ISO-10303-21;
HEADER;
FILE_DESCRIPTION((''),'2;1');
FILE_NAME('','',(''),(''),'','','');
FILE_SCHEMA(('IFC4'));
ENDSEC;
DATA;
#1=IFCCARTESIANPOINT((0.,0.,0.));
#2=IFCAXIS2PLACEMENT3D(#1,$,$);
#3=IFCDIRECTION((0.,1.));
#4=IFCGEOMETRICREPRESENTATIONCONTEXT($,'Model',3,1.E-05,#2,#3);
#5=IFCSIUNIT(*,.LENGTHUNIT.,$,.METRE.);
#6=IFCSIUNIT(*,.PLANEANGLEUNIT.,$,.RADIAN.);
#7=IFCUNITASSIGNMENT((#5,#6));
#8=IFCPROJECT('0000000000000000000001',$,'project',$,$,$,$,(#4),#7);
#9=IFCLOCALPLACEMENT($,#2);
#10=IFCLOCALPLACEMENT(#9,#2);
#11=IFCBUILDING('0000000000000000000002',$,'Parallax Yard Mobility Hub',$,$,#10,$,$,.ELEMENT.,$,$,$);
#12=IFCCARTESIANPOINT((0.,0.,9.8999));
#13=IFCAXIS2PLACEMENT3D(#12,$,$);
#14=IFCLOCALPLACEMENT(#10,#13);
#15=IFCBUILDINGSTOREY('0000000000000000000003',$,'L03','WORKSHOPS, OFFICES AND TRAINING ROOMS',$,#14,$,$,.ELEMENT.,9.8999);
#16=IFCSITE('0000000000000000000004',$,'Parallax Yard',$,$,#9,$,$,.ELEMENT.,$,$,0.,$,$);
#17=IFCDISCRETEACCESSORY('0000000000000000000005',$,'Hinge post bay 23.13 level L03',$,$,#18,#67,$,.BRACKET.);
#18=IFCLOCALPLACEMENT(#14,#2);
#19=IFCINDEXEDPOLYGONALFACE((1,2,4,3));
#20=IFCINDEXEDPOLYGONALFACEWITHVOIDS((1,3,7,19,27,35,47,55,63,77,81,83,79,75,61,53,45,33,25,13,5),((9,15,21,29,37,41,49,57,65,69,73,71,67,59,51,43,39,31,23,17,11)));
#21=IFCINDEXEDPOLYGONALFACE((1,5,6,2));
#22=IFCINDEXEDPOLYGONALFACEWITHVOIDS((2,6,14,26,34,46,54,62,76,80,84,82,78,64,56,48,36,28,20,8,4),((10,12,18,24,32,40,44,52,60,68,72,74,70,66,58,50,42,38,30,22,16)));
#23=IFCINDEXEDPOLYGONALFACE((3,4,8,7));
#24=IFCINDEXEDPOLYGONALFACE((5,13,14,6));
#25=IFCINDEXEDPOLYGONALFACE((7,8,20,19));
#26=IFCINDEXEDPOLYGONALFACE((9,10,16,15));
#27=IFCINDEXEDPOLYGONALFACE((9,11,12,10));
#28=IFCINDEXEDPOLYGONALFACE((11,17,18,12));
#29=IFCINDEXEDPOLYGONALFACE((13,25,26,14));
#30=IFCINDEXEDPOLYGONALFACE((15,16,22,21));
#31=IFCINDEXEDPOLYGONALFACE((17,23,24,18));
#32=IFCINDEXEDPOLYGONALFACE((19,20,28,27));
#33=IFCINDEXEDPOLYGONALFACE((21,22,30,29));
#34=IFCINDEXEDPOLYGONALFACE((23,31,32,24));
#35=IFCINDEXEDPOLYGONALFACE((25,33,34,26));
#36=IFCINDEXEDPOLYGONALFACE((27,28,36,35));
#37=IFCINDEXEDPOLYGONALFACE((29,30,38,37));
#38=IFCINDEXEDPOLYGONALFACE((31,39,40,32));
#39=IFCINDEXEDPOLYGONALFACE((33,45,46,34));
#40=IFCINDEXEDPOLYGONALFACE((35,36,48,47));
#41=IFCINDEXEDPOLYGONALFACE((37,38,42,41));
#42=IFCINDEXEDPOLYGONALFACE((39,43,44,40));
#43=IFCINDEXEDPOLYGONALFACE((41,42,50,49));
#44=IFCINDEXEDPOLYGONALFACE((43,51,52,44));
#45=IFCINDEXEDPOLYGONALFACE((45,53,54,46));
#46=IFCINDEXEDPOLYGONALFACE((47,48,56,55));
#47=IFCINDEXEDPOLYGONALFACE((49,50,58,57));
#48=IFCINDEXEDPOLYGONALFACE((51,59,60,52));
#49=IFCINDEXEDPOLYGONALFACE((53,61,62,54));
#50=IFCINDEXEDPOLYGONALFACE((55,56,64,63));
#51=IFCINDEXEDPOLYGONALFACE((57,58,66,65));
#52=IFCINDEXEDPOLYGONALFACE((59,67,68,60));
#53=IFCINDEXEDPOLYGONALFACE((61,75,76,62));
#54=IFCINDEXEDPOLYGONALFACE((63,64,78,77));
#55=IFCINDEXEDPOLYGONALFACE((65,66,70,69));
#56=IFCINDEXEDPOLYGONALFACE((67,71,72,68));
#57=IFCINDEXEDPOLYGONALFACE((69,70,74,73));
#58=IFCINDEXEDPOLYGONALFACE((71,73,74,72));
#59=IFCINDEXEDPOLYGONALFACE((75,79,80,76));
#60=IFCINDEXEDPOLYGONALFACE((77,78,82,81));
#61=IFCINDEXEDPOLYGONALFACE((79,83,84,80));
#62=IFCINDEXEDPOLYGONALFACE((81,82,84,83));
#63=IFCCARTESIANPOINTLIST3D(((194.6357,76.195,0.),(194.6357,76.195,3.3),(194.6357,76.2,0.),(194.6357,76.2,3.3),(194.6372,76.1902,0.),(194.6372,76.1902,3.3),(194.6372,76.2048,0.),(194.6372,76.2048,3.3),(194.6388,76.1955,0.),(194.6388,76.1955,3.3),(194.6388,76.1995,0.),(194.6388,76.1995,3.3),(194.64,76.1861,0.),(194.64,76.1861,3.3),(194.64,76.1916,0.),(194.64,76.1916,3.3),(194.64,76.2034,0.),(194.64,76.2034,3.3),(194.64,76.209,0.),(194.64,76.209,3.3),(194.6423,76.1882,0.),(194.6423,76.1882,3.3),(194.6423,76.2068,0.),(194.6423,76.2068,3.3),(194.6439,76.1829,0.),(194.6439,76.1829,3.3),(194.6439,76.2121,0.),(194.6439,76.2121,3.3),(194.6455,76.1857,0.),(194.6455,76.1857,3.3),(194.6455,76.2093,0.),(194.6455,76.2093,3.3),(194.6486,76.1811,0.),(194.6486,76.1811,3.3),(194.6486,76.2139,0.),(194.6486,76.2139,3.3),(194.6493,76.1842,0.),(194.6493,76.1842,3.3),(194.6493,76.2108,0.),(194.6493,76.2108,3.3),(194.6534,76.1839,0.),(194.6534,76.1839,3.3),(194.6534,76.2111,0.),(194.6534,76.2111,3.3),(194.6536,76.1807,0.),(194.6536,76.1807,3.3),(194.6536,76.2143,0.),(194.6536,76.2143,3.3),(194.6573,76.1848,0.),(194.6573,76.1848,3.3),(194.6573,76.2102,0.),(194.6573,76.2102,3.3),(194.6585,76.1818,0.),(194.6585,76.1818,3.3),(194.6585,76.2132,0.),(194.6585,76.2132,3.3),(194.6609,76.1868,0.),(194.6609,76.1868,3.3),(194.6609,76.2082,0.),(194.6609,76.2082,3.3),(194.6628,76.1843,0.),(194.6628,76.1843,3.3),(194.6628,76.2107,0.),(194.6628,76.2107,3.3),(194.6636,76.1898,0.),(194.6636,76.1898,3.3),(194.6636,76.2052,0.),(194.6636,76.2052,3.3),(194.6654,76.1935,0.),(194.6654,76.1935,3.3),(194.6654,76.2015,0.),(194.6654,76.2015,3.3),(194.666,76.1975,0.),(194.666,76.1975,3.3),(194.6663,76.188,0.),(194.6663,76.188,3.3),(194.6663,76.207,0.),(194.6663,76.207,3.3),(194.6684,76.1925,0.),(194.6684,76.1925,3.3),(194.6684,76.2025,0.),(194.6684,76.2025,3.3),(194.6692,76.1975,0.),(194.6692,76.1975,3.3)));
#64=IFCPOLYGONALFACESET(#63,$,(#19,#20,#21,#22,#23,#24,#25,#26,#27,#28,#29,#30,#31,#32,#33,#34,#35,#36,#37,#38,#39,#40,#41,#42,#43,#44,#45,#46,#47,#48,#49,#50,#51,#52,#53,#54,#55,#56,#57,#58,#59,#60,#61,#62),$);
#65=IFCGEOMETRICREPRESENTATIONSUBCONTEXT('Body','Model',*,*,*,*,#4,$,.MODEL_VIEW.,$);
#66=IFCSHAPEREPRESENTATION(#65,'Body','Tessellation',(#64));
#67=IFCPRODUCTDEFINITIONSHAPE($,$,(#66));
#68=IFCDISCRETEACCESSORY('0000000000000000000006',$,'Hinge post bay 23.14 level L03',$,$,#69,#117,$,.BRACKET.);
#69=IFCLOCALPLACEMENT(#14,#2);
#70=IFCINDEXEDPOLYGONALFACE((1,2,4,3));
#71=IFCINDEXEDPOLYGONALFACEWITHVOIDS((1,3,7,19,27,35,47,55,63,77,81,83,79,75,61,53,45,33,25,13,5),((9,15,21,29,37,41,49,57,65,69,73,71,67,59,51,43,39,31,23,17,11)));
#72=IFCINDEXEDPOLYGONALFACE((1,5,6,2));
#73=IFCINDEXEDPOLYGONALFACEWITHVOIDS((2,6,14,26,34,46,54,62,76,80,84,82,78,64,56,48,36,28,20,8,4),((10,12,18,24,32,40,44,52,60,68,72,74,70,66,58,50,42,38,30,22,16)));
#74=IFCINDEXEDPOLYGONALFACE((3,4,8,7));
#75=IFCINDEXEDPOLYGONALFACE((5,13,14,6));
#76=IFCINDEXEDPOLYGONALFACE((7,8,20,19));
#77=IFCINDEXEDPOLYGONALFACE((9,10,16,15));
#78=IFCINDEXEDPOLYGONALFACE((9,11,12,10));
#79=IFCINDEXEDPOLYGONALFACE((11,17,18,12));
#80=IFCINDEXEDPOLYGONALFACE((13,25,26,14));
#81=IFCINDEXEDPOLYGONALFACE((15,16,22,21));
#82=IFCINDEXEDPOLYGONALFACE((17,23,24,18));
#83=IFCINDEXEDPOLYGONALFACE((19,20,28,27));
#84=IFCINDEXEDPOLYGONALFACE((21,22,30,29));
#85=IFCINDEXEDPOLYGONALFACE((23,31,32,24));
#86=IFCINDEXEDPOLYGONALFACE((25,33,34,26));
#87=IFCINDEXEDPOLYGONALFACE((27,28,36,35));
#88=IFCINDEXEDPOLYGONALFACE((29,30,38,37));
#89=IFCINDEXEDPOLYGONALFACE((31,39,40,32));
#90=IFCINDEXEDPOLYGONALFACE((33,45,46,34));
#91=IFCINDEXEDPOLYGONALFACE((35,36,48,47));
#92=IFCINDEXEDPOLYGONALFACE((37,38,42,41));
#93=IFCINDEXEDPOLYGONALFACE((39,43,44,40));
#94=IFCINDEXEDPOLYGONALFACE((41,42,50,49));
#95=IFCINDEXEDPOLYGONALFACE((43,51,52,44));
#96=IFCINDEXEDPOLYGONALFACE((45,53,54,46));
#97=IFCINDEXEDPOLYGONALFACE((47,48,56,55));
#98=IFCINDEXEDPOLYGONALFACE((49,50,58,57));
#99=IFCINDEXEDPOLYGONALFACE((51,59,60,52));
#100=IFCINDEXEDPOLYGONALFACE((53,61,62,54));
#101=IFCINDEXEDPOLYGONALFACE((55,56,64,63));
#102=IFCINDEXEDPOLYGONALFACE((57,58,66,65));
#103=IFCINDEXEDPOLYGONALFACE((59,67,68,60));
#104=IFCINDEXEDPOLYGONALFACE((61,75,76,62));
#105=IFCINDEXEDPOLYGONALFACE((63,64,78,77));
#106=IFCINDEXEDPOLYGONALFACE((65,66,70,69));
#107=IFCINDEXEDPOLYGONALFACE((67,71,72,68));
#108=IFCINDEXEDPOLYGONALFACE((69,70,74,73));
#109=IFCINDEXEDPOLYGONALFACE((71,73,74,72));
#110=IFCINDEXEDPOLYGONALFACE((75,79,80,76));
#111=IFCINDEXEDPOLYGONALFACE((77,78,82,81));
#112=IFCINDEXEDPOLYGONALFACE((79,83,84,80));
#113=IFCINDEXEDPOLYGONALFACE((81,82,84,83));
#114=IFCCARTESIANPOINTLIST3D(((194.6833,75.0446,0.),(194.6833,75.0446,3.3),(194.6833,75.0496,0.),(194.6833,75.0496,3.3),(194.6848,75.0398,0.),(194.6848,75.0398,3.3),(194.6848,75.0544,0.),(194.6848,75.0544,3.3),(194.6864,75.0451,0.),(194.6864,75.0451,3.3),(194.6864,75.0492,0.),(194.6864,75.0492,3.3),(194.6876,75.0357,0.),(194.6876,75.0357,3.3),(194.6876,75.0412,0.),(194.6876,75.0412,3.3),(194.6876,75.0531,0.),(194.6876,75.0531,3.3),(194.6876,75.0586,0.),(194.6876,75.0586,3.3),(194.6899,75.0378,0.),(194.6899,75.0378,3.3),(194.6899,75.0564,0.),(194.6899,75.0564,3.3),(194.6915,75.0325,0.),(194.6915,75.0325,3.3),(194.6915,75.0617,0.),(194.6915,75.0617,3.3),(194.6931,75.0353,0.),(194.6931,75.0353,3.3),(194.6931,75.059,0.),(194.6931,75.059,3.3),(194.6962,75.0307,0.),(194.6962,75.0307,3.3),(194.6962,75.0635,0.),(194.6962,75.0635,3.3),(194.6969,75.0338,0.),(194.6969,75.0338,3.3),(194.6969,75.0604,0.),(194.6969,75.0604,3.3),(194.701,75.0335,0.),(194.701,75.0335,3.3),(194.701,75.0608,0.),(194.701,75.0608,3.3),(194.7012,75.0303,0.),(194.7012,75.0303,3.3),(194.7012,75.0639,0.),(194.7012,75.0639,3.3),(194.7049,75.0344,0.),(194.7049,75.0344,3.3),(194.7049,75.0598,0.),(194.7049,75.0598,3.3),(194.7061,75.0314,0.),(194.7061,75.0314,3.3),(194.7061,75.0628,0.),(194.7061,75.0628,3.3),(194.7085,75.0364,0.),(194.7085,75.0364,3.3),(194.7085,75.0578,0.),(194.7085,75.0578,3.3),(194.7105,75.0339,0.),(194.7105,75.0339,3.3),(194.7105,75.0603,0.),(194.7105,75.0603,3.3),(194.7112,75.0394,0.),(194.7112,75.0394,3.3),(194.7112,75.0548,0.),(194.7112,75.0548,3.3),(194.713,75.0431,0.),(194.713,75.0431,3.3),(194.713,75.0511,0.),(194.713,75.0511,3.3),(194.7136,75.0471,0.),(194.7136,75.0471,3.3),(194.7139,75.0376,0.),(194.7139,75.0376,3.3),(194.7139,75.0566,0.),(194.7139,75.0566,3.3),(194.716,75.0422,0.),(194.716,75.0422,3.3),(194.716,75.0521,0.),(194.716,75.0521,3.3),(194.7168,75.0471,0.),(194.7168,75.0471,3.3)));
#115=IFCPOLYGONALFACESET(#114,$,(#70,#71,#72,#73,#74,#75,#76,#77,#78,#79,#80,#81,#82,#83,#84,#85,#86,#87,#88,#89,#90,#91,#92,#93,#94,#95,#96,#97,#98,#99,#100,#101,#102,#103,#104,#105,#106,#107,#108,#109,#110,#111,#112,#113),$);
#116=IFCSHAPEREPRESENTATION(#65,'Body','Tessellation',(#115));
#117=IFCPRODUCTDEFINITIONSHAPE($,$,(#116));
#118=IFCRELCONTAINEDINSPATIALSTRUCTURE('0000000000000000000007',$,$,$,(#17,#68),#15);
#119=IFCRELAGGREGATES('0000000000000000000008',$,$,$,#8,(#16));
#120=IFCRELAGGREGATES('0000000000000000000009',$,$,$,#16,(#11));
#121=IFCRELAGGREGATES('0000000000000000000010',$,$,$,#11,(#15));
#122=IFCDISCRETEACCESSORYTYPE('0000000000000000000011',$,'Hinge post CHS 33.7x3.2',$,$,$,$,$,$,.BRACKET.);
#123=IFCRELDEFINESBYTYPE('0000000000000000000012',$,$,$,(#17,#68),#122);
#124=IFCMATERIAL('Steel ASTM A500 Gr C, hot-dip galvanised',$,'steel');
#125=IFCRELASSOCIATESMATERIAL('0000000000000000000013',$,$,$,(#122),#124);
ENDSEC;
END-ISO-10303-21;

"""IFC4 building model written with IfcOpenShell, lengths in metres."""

from ifc_helpers import new_model, si_unit, direction, frame, origin, origin_2d, place, context, subcontext, project, spatial, hollow_circle, extrude, material, material_profile, profile_set, type_object, element, save


model = new_model("IFC4")

# Units and contexts
model_context = context("Model", 3, precision=1e-05, world=origin(), true_north=direction((0.0, 1.0)))
body_context = subcontext(model_context, "Body", "Model", "MODEL_VIEW")
ifc_project = project(units=[si_unit("LENGTHUNIT", "METRE"), si_unit("PLANEANGLEUNIT", "RADIAN")], contexts=[model_context])

# Site, building, storey
site_placement = place(None, origin())
site = spatial("IfcSite", under=ifc_project, at=site_placement, Name="Parallax Yard", CompositionType="ELEMENT", RefElevation=0.0)
building_placement = place(site_placement, origin())
building = spatial("IfcBuilding", under=site, at=building_placement, Name="Parallax Yard Mobility Hub", CompositionType="ELEMENT")
storey_placement = place(building_placement, frame((0.0, 0.0, 9.8999)))
storey = spatial("IfcBuildingStorey", under=building, at=storey_placement, Name="L03", Description="WORKSHOPS, OFFICES AND TRAINING ROOMS", CompositionType="ELEMENT", Elevation=9.8999)

# Discrete accessories
ifc_material_1 = material(Name="Steel ASTM A500 Gr C, hot-dip galvanised", Category="steel")
ifc_material_profile_1 = material_profile(ifc_material_1, hollow_circle(Radius=0.0168, WallThickness=0.0032, at=origin_2d()), Name="CHS 33.7x3.2")
ifc_profile_set_1 = profile_set([ifc_material_profile_1], Name="Steel ASTM A500 Gr C, hot-dip galvanised")
discrete_accessory_type_1 = type_object("IfcDiscreteAccessoryType", Name="Hinge post CHS 33.7x3.2", PredefinedType="BRACKET", material=ifc_profile_set_1)
for number, where, z_axis, x_axis, name in (
    (1, (194.6523, 76.1975, 0.0), (0.0, 0.0, 1.0), (1.0, 0.0, 0.0), "Hinge post bay 23.13 level L03"),
    (2, (194.7, 75.0471, 0.0), (0.0, 0.0, 1.0), (1.0, 0.0, 0.0), "Hinge post bay 23.14 level L03"),
):
    element("IfcDiscreteAccessory", number, at=place(storey_placement, frame(where, z_axis=z_axis, x_axis=x_axis)), inside=storey, type_object=discrete_accessory_type_1, Name=name, PredefinedType="BRACKET", context=body_context, shape_type="SweptSolid", body=[
        extrude(hollow_circle(Radius=0.0168, WallThickness=0.0032, at=origin_2d()), origin(), (0.0, 0.0, 1.0), 3.3),
    ])

save(model, "model.ifc")
